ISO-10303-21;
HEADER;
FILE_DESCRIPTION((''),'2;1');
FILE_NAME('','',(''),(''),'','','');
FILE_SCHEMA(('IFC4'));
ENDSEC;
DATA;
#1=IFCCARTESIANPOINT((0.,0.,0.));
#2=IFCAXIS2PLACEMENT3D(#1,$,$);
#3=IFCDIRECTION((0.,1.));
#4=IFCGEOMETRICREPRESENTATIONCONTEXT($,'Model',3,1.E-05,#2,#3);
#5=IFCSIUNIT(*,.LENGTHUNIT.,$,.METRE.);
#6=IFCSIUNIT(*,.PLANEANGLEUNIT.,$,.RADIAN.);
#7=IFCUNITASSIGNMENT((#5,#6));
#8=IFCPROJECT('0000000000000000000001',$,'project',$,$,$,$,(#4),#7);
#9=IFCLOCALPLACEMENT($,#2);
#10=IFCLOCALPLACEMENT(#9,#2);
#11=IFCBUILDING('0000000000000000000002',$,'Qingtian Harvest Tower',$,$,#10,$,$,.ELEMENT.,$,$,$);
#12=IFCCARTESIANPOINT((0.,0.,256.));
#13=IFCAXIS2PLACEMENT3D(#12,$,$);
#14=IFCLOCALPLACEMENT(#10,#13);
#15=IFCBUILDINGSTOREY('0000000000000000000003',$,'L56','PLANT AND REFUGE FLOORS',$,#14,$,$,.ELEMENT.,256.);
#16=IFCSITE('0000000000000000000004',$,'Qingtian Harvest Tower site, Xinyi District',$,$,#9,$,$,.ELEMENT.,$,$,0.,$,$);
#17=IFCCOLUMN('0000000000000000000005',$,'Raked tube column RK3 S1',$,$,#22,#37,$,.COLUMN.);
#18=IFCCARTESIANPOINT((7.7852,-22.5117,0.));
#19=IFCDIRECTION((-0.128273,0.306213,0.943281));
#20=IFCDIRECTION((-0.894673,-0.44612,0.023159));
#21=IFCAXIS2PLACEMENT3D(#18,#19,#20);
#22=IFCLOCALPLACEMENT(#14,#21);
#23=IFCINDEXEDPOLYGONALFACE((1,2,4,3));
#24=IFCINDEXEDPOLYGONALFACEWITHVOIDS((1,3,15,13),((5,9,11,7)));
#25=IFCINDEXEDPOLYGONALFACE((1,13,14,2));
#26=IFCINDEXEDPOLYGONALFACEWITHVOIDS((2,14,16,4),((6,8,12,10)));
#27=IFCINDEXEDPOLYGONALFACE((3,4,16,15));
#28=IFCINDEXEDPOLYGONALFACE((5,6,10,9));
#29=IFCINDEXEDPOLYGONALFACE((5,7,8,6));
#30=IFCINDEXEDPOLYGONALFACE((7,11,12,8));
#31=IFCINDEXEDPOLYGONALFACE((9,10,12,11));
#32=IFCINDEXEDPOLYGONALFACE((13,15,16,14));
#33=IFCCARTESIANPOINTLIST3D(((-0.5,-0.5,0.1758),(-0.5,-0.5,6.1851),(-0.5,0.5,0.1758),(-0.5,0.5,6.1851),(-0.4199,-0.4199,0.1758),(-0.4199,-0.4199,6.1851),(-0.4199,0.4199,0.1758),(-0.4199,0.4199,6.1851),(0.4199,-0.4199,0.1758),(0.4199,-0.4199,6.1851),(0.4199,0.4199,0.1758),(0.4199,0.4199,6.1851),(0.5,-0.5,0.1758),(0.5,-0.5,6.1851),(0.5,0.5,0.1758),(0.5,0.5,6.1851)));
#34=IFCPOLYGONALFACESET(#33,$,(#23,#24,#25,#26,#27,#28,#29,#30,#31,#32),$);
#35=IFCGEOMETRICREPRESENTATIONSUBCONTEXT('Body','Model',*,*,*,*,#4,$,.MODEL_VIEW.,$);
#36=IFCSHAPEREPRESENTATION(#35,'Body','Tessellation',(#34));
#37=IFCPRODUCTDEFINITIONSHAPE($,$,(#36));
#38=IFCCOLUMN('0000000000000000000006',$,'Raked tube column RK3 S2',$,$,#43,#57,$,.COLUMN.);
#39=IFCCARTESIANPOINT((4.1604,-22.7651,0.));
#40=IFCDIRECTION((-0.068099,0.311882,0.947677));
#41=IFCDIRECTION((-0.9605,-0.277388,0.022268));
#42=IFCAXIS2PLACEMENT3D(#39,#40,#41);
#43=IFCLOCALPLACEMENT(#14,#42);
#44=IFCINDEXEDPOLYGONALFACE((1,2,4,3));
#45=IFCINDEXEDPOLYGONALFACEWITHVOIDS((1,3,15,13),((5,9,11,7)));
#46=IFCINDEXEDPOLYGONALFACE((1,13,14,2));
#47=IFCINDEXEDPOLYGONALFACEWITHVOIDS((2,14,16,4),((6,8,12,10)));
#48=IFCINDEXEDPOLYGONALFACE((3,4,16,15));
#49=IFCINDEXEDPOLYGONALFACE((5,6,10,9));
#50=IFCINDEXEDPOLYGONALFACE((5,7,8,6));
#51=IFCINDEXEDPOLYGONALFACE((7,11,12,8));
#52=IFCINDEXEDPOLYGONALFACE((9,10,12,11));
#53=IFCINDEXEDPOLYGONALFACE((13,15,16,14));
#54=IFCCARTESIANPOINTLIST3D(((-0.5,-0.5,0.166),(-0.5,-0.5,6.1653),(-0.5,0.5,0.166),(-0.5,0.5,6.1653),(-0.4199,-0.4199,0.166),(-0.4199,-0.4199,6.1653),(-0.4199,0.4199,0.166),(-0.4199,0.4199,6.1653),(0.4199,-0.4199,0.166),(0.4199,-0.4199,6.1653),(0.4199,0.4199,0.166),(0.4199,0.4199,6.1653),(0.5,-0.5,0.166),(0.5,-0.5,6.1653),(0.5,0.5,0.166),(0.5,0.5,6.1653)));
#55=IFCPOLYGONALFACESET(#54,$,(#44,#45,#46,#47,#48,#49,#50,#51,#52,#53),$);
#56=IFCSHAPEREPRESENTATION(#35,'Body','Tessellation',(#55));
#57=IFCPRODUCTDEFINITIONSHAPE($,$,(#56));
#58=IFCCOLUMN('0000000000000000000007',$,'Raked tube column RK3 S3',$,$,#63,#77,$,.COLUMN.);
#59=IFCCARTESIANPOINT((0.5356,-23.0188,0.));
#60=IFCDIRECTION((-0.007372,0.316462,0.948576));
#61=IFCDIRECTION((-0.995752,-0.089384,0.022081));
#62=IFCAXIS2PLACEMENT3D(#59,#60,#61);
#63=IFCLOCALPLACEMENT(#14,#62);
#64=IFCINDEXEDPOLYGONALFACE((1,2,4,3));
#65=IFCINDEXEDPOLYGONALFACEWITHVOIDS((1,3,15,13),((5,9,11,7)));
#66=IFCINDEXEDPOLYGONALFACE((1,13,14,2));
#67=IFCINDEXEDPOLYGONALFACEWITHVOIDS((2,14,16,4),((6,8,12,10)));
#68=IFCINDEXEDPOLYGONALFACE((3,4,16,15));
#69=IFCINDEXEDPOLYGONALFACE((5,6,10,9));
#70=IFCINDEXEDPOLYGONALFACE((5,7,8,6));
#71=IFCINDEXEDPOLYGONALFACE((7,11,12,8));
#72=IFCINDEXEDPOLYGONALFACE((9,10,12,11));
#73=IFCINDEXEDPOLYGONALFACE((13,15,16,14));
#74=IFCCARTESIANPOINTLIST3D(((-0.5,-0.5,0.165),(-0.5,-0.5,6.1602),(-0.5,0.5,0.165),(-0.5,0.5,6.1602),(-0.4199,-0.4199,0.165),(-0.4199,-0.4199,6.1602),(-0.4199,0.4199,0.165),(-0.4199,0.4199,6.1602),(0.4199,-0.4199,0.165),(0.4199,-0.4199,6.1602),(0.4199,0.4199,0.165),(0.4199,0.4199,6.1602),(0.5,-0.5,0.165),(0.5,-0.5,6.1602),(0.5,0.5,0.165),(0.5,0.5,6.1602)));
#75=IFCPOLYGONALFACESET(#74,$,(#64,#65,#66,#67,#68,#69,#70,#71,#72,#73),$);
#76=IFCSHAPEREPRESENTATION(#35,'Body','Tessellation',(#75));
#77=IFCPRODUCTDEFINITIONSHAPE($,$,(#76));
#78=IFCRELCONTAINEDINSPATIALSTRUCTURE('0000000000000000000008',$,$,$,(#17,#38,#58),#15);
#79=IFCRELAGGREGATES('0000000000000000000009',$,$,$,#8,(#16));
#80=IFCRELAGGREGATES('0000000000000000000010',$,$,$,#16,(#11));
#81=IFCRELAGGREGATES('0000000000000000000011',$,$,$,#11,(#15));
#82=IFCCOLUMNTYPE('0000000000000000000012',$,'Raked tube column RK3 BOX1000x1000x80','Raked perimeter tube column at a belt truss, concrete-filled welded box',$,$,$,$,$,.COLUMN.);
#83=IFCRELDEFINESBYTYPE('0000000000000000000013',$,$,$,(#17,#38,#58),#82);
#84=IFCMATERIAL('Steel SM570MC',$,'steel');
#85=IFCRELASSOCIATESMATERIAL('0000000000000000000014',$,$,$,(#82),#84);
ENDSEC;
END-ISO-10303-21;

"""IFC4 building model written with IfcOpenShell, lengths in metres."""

from ifc_helpers import new_model, si_unit, direction, frame, origin, origin_2d, place, context, subcontext, project, spatial, hollow_rectangle, extrude, clip, halfspace, material, material_profile, profile_set, type_object, element, save


model = new_model("IFC4")

# Units and contexts
model_context = context("Model", 3, precision=1e-05, world=origin(), true_north=direction((0.0, 1.0)))
body_context = subcontext(model_context, "Body", "Model", "MODEL_VIEW")
ifc_project = project(units=[si_unit("LENGTHUNIT", "METRE"), si_unit("PLANEANGLEUNIT", "RADIAN")], contexts=[model_context])

# Site, building, storey
site_placement = place(None, origin())
site = spatial("IfcSite", under=ifc_project, at=site_placement, Name="Qingtian Harvest Tower site, Xinyi District", CompositionType="ELEMENT", RefElevation=0.0)
building_placement = place(site_placement, origin())
building = spatial("IfcBuilding", under=site, at=building_placement, Name="Qingtian Harvest Tower", CompositionType="ELEMENT")
storey_placement = place(building_placement, frame((0.0, 0.0, 256.0)))
storey = spatial("IfcBuildingStorey", under=building, at=storey_placement, Name="L56", Description="PLANT AND REFUGE FLOORS", CompositionType="ELEMENT", Elevation=256.0)

# Columns
ifc_material_1 = material(Name="Steel SM570MC", Category="steel")
ifc_material_profile_1 = material_profile(ifc_material_1, hollow_rectangle(XDim=1.0, YDim=1.0, WallThickness=0.0801, at=origin_2d()), Name="BOX1000x1000x80")
ifc_profile_set_1 = profile_set([ifc_material_profile_1], Name="Steel SM570MC")
column_type = type_object("IfcColumnType", Name="Raked tube column RK3 BOX1000x1000x80", Description="Raked perimeter tube column at a belt truss, concrete-filled welded box", PredefinedType="COLUMN", material=ifc_profile_set_1)
column_1_placement = place(storey_placement, frame((7.7852, -22.5117, 0.0), z_axis=(-0.128273, 0.306213, 0.943281), x_axis=(-0.894673, -0.44612, 0.023159)))
element("IfcColumn", 1, at=column_1_placement, inside=storey, type_object=column_type, Name="Raked tube column RK3 S1", PredefinedType="COLUMN", context=body_context, shape_type="Clipping", body=[
    clip(clip(extrude(hollow_rectangle(XDim=1.0, YDim=1.0, WallThickness=0.0801, at=origin_2d()), origin(), (0.0, 0.0, 1.0), 6.3608), halfspace(frame((0.0, 0.0, 0.1758), z_axis=(0.0, 0.0, -1.0), x_axis=(0.0, -1.0, 0.0)), False)), halfspace(frame((0.0, 0.0, 6.1851), z_axis=(0.0, 0.0, 1.0), x_axis=(0.0, 1.0, 0.0)), False)),
])
column_2_placement = place(storey_placement, frame((4.1604, -22.7651, 0.0), z_axis=(-0.068099, 0.311882, 0.947677), x_axis=(-0.9605, -0.277388, 0.022268)))
element("IfcColumn", 2, at=column_2_placement, inside=storey, type_object=column_type, Name="Raked tube column RK3 S2", PredefinedType="COLUMN", context=body_context, shape_type="Clipping", body=[
    clip(clip(extrude(hollow_rectangle(XDim=1.0, YDim=1.0, WallThickness=0.0801, at=origin_2d()), origin(), (0.0, 0.0, 1.0), 6.3313), halfspace(frame((0.0, 0.0, 0.166), z_axis=(0.0, 0.0, -1.0), x_axis=(0.0, -1.0, 0.0)), False)), halfspace(frame((0.0, 0.0, 6.1653), z_axis=(0.0, 0.0, 1.0), x_axis=(0.0, 1.0, 0.0)), False)),
])
column_3_placement = place(storey_placement, frame((0.5356, -23.0188, 0.0), z_axis=(-0.007372, 0.316462, 0.948576), x_axis=(-0.995752, -0.089384, 0.022081)))
element("IfcColumn", 3, at=column_3_placement, inside=storey, type_object=column_type, Name="Raked tube column RK3 S3", PredefinedType="COLUMN", context=body_context, shape_type="Clipping", body=[
    clip(clip(extrude(hollow_rectangle(XDim=1.0, YDim=1.0, WallThickness=0.0801, at=origin_2d()), origin(), (0.0, 0.0, 1.0), 6.3252), halfspace(frame((0.0, 0.0, 0.165), z_axis=(0.0, 0.0, -1.0), x_axis=(0.0, -1.0, 0.0)), False)), halfspace(frame((0.0, 0.0, 6.1602), z_axis=(0.0, 0.0, 1.0), x_axis=(0.0, 1.0, 0.0)), False)),
])

save(model, "model.ifc")
